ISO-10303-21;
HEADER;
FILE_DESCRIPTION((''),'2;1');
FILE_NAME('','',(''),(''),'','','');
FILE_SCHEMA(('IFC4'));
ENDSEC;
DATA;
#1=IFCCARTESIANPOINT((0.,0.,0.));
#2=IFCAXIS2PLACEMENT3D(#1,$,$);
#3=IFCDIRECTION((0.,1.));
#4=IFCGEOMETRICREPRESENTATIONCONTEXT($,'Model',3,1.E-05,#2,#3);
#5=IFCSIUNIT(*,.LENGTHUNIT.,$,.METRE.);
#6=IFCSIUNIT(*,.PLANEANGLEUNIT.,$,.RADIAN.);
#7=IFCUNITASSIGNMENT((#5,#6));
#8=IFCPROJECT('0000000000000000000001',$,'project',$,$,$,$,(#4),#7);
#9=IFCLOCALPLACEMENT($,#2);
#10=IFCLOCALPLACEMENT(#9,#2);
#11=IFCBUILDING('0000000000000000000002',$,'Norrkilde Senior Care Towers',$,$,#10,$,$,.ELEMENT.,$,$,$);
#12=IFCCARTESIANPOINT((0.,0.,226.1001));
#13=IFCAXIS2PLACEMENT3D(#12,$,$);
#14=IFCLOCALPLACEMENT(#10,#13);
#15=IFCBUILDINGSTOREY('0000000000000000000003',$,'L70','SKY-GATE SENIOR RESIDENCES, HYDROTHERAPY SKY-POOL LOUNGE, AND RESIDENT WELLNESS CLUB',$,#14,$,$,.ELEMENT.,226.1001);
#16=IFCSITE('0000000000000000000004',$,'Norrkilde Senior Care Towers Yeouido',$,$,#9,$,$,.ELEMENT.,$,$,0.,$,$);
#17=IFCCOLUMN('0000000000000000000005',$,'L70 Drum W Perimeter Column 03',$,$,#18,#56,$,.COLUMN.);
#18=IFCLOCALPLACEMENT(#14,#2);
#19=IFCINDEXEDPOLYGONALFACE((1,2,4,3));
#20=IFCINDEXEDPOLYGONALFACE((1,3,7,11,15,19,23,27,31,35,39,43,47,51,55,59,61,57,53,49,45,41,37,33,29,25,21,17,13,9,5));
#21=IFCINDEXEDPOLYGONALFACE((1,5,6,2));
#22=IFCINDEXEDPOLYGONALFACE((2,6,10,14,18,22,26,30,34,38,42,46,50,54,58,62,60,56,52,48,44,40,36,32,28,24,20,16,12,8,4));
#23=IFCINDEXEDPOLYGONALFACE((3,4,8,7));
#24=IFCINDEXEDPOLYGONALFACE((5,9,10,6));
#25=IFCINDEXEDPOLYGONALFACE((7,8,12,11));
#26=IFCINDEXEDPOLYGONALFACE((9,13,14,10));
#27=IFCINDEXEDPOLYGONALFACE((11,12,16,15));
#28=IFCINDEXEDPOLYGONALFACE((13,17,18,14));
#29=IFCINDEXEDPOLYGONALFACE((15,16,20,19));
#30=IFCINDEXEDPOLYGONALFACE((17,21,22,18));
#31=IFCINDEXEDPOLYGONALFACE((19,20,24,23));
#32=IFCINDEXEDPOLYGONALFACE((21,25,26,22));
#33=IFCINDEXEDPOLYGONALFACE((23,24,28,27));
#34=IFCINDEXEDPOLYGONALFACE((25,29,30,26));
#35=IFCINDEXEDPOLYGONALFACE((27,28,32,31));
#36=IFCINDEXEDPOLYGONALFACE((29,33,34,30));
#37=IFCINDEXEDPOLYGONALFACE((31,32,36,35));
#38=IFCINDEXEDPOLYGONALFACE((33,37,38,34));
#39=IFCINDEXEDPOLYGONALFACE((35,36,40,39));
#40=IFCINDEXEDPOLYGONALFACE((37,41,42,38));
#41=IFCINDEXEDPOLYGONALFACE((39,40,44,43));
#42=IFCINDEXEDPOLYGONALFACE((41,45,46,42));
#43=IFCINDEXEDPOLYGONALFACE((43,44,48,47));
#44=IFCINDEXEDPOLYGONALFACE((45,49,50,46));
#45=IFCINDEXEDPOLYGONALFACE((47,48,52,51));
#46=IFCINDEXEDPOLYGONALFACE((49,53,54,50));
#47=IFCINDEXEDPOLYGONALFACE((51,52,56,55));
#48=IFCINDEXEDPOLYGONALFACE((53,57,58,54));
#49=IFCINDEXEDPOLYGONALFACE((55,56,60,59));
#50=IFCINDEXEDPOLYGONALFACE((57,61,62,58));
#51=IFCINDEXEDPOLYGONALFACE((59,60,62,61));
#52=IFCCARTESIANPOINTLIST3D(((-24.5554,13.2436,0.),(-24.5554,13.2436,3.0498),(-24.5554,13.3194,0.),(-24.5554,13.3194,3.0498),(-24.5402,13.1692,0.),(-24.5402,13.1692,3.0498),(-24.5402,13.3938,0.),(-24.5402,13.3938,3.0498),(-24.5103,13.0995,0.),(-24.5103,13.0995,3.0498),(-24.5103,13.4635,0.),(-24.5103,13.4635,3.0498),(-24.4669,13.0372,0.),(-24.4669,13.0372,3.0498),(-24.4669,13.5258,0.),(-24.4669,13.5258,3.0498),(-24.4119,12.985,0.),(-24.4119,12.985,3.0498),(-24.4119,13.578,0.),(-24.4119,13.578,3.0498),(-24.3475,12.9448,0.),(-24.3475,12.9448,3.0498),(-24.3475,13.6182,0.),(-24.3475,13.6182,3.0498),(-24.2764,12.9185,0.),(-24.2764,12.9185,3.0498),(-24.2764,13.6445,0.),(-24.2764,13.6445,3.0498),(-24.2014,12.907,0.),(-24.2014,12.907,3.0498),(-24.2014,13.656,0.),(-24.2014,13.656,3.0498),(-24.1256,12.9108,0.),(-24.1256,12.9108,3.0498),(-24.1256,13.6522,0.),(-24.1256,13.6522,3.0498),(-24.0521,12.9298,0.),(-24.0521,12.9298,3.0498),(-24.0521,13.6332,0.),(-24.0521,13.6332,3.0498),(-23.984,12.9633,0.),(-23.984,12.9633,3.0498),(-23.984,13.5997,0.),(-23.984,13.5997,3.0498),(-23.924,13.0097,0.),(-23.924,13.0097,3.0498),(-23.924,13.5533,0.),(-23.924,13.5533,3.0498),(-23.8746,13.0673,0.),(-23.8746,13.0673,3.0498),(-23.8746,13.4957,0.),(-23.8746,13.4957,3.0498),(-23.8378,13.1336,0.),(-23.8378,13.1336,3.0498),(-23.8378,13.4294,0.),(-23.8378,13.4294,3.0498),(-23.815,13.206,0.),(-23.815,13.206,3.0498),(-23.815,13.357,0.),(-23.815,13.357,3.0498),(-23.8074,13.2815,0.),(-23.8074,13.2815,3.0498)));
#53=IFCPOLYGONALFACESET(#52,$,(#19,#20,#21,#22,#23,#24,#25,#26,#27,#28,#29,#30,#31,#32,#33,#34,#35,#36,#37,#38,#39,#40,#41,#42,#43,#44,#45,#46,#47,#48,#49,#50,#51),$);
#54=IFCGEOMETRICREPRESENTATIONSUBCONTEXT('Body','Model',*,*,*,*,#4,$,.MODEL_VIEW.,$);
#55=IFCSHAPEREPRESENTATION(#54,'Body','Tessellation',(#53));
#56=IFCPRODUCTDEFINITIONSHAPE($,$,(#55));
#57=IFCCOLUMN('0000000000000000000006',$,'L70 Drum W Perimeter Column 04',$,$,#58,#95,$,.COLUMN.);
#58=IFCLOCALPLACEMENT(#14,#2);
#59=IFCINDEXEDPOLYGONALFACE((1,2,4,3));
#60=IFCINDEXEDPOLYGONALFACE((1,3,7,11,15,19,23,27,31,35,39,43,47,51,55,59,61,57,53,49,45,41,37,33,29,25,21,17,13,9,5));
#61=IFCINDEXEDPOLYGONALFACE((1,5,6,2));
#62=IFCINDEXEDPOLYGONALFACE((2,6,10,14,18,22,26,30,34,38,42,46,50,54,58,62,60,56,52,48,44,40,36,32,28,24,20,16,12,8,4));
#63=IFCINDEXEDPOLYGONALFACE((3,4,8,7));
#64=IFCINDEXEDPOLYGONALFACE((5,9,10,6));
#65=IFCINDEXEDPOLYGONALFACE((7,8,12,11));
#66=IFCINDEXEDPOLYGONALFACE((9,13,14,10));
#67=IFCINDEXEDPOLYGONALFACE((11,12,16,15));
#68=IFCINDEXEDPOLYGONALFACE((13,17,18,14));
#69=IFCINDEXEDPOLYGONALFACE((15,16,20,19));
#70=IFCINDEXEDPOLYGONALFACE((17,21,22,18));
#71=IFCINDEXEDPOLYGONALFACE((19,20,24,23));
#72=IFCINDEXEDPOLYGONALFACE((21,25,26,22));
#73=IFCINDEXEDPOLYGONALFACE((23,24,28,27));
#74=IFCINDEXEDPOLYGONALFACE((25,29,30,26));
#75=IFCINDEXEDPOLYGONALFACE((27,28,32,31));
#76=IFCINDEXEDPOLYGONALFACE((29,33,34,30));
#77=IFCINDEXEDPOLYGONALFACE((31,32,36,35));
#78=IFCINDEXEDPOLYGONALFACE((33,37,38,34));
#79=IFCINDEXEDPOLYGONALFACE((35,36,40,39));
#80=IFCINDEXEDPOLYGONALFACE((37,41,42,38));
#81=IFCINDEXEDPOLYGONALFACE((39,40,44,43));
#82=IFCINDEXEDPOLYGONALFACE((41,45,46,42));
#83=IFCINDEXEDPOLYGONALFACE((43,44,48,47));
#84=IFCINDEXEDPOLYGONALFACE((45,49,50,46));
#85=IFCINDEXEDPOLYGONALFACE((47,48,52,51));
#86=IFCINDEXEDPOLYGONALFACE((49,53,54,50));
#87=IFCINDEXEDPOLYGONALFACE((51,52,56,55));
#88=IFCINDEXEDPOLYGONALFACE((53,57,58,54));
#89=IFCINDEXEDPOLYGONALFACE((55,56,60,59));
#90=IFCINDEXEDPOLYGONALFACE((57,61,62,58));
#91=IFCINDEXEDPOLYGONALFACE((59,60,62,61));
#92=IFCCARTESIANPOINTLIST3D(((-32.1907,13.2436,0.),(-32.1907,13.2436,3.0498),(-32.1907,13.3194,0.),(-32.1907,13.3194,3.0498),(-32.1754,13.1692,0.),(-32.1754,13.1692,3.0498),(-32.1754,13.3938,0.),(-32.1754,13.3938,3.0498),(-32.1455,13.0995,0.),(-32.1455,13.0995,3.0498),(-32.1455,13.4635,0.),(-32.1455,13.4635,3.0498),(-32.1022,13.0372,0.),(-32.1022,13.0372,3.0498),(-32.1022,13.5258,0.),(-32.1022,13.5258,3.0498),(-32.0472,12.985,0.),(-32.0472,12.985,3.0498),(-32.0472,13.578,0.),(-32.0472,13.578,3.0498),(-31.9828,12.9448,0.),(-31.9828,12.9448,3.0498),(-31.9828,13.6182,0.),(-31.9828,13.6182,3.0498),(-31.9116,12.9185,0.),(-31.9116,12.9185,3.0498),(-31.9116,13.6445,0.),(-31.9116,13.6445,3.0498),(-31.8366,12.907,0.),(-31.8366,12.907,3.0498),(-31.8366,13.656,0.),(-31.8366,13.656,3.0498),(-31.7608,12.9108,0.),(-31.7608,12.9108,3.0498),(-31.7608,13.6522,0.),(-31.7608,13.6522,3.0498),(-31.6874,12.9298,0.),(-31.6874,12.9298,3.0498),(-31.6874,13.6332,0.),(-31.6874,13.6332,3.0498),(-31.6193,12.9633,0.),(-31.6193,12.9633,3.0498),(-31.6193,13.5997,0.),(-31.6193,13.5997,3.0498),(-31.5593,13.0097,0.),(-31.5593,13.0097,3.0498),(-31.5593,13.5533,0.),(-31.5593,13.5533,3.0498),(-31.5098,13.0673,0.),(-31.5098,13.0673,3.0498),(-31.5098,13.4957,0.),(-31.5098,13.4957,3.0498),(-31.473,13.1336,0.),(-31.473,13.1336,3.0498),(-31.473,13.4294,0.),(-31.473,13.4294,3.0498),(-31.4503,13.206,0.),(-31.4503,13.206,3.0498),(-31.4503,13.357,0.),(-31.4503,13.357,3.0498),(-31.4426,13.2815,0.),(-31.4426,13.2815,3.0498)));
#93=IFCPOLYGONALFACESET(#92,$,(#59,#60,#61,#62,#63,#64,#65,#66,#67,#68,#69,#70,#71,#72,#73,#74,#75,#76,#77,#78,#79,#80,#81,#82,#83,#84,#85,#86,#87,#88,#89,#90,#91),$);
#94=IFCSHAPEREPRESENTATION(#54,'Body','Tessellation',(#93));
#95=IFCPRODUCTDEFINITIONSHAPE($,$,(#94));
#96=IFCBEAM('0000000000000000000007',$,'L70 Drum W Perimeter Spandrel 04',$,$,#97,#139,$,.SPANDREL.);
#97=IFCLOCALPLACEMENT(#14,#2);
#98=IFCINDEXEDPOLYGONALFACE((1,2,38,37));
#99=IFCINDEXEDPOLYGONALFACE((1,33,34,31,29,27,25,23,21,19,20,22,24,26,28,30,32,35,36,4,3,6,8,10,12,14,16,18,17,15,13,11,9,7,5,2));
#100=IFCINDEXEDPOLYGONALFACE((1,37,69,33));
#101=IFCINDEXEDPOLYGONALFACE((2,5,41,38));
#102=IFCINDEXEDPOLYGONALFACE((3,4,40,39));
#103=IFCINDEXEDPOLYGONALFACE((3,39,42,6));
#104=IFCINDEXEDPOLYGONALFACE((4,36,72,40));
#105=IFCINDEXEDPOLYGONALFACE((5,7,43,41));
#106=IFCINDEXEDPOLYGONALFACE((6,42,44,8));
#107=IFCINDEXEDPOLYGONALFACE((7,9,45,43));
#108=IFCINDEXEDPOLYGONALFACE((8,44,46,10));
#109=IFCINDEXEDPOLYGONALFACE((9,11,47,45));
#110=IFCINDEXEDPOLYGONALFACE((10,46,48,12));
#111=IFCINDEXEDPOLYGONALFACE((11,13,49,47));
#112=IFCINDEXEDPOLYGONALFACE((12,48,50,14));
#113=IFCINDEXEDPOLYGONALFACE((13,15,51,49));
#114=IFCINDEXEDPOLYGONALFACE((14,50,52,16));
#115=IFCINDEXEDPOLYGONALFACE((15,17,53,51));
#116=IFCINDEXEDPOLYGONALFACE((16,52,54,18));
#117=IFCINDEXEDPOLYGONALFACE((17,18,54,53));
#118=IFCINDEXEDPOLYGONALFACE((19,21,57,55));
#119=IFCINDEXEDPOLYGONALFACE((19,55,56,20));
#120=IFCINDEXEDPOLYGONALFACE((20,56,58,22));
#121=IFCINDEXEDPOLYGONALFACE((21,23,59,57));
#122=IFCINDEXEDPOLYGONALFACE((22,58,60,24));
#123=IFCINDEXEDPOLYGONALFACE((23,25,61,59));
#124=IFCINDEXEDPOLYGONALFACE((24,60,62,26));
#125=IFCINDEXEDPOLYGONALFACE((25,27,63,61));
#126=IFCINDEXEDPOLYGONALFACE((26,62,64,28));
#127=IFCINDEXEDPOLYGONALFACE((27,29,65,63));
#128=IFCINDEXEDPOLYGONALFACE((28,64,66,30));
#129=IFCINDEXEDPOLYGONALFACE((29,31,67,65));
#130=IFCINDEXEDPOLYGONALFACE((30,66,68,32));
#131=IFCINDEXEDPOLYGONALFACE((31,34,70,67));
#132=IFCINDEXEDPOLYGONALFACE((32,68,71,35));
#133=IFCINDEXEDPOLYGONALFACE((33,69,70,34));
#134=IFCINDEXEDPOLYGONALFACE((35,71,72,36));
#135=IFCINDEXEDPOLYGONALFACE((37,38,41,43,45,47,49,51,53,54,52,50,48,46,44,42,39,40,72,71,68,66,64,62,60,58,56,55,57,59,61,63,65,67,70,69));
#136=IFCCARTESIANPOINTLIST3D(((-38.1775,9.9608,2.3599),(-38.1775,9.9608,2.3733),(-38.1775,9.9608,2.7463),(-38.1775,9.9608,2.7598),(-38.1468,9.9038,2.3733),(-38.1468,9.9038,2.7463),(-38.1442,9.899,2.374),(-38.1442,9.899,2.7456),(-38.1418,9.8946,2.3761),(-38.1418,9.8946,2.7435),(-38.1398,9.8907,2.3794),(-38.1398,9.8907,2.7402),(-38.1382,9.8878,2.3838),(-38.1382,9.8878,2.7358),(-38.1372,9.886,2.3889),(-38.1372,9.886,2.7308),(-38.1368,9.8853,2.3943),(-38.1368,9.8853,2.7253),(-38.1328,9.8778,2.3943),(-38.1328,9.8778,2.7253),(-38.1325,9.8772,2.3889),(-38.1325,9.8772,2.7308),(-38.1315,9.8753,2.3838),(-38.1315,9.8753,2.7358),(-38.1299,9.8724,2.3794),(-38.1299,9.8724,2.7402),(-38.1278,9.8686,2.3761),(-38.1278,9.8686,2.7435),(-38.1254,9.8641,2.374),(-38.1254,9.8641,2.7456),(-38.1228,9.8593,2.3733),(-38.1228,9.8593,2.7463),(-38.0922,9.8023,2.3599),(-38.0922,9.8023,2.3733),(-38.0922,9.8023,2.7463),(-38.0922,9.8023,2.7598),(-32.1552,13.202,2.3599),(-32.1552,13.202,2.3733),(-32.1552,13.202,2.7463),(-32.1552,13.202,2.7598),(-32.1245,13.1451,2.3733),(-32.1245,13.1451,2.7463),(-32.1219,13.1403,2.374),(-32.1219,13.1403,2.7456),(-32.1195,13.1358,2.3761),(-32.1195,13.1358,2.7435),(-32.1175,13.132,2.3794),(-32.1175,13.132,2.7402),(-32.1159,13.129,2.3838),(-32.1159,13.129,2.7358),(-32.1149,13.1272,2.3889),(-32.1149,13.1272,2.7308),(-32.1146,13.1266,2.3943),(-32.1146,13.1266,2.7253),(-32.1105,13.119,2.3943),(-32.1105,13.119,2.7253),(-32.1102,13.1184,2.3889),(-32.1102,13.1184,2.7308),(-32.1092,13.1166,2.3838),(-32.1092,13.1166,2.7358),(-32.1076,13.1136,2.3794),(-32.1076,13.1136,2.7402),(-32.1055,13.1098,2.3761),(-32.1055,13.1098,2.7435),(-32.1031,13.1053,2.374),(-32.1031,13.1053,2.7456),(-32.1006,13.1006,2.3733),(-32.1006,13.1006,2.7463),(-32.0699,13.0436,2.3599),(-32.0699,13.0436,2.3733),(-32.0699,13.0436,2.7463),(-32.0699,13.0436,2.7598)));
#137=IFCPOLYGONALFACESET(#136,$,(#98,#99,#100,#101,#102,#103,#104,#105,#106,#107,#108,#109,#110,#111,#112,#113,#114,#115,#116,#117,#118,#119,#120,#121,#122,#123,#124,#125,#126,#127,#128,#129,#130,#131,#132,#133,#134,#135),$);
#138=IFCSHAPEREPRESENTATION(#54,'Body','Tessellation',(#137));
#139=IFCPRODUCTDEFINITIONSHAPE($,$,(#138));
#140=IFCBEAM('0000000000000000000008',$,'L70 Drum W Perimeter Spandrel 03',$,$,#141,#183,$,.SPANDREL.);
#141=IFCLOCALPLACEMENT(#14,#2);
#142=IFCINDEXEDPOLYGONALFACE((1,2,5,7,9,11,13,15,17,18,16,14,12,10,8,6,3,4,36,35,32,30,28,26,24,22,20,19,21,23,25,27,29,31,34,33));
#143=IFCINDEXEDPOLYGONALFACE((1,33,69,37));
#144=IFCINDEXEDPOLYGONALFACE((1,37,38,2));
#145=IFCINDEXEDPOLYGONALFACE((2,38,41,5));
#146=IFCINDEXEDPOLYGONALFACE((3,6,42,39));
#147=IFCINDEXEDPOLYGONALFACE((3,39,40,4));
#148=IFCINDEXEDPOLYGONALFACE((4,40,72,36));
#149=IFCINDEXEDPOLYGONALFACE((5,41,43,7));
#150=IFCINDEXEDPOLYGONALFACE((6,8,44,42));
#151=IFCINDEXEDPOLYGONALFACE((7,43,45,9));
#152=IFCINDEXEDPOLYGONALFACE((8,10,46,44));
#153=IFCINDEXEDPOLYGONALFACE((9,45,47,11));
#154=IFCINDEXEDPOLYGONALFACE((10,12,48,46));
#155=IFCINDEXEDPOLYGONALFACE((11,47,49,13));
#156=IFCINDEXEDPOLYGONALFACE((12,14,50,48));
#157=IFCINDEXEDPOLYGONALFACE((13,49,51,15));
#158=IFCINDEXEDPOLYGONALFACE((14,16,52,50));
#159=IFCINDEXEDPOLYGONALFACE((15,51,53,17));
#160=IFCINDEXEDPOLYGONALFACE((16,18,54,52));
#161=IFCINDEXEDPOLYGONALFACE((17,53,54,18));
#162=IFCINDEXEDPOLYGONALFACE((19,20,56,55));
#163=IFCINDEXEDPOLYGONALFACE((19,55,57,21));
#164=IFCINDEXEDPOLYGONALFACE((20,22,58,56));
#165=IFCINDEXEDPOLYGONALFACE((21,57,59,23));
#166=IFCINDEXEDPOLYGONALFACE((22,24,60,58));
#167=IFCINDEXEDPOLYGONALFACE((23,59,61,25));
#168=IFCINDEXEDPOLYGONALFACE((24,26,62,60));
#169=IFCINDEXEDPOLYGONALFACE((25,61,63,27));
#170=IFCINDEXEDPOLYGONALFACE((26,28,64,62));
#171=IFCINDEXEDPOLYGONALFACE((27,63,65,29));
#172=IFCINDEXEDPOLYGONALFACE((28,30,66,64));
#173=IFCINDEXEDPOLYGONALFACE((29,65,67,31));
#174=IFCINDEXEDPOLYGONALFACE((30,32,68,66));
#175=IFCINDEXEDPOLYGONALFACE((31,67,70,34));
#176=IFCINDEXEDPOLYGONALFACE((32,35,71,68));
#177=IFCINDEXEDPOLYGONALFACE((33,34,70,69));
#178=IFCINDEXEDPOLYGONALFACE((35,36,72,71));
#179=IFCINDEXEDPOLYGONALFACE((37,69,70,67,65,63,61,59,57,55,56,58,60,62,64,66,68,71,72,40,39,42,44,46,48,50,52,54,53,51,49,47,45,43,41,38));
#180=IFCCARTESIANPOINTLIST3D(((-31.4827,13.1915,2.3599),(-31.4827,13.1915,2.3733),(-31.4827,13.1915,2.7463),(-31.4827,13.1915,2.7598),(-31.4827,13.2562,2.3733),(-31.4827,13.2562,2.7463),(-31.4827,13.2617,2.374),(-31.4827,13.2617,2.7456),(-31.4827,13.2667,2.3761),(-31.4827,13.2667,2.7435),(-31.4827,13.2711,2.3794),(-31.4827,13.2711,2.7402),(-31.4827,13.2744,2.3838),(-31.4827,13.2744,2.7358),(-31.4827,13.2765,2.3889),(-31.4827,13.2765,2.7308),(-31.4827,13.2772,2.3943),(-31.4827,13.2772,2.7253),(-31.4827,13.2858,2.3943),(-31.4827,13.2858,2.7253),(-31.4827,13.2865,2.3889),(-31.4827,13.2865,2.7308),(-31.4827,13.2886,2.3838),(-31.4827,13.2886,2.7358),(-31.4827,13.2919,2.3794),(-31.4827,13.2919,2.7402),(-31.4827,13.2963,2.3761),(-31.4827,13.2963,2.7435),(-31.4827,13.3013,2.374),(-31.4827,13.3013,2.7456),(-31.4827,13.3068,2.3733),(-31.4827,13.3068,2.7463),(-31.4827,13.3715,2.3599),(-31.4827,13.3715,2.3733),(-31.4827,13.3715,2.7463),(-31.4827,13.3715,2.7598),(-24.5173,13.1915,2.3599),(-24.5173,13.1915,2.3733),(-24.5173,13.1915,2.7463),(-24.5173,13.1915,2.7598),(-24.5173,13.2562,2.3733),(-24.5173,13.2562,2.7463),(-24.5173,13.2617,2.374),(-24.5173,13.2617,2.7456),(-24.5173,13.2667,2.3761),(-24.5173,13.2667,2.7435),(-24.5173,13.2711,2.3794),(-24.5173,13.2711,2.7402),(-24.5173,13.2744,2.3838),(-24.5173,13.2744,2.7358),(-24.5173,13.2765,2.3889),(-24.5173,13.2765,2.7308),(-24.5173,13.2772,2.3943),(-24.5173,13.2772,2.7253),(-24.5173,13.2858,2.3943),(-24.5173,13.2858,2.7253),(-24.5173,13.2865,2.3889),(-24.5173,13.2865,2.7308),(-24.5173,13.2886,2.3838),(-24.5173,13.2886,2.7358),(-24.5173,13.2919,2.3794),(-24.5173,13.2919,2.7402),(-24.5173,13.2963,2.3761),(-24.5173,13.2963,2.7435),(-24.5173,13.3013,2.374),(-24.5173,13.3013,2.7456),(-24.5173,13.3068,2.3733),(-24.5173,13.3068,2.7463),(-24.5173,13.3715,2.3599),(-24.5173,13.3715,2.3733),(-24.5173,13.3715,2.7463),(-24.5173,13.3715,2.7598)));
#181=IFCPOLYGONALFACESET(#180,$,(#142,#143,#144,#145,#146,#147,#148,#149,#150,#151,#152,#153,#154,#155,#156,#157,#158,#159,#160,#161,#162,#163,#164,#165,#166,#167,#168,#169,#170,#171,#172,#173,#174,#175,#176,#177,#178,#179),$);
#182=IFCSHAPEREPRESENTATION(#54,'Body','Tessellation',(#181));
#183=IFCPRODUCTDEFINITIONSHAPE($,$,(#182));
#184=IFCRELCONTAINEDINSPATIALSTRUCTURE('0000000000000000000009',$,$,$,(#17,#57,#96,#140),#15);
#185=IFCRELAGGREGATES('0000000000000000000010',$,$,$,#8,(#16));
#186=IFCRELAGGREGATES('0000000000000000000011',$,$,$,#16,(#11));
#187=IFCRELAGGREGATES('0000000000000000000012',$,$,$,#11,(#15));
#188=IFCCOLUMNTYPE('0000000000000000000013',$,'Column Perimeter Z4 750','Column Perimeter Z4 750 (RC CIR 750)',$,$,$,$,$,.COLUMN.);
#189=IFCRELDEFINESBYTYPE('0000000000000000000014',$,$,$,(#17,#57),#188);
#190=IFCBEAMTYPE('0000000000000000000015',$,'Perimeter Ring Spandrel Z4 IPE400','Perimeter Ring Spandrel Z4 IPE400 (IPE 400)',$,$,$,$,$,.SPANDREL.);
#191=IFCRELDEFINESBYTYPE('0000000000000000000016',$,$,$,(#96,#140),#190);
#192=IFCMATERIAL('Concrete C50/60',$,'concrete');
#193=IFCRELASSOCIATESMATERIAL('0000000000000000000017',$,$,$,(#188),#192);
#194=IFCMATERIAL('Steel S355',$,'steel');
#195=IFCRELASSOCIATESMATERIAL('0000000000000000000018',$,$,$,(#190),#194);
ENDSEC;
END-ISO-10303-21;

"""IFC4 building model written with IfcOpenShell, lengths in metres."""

from ifc_helpers import new_model, si_unit, direction, frame, origin, origin_2d, place, context, subcontext, project, spatial, circle, i_section, extrude, source, transform, mapped, material, material_profile, profile_set, type_object, type_shapes, element, save


model = new_model("IFC4")

# Units and contexts
model_context = context("Model", 3, precision=1e-05, world=origin(), true_north=direction((0.0, 1.0)))
body_context = subcontext(model_context, "Body", "Model", "MODEL_VIEW")
ifc_project = project(units=[si_unit("LENGTHUNIT", "METRE"), si_unit("PLANEANGLEUNIT", "RADIAN")], contexts=[model_context])

# Site, building, storey
site_placement = place(None, origin())
site = spatial("IfcSite", under=ifc_project, at=site_placement, Name="Norrkilde Senior Care Towers Yeouido", CompositionType="ELEMENT", RefElevation=0.0)
building_placement = place(site_placement, origin())
building = spatial("IfcBuilding", under=site, at=building_placement, Name="Norrkilde Senior Care Towers", CompositionType="ELEMENT")
storey_placement = place(building_placement, frame((0.0, 0.0, 226.1001)))
storey = spatial("IfcBuildingStorey", under=building, at=storey_placement, Name="L70", Description="SKY-GATE SENIOR RESIDENCES, HYDROTHERAPY SKY-POOL LOUNGE, AND RESIDENT WELLNESS CLUB", CompositionType="ELEMENT", Elevation=226.1001)

# Columns
ifc_material_1 = material(Name="Concrete C50/60", Category="concrete")
ifc_material_profile_1 = material_profile(ifc_material_1, circle(Radius=0.375, at=origin_2d()), Name="RC CIR 750")
ifc_profile_set_1 = profile_set([ifc_material_profile_1], Name="Concrete C50/60")
column_type = type_object("IfcColumnType", Name="Column Perimeter Z4 750", Description="Column Perimeter Z4 750 (RC CIR 750)", PredefinedType="COLUMN", material=ifc_profile_set_1)
shared_shape_1 = source(origin(), body_context, "Body", "SweptSolid", [
    extrude(circle(Radius=0.375, at=origin_2d()), origin(), (0.0, 0.0, 1.0), 3.0498),
])
type_shapes(column_type, [shared_shape_1])
for number, where, z_axis, x_axis, name in (
    (1, (-24.1824, 13.2815, 0.0), (0.0, 0.0, 1.0), (1.0, 0.0, 0.0), "L70 Drum W Perimeter Column 03"),
    (2, (-31.8176, 13.2815, 0.0), (0.0, 0.0, 1.0), (1.0, 0.0, 0.0), "L70 Drum W Perimeter Column 04"),
):
    element("IfcColumn", number, at=place(storey_placement, frame(where, z_axis=z_axis, x_axis=x_axis)), inside=storey, type_object=column_type, Name=name, PredefinedType="COLUMN", context=body_context, shape_type="MappedRepresentation", body=[
        mapped(shared_shape_1, transform((0.0, 0.0, 0.0), x_axis=(1.0, 0.0, 0.0), y_axis=(0.0, 1.0, 0.0), z_axis=(0.0, 0.0, 1.0), scale=1.0)),
    ])

# Beams
ifc_material_2 = material(Name="Steel S355", Category="steel")
ifc_material_profile_2 = material_profile(ifc_material_2, i_section(OverallWidth=0.1799, OverallDepth=0.3999, WebThickness=0.0085, FlangeThickness=0.0134, FilletRadius=0.021, at=origin_2d()), Name="IPE 400")
ifc_profile_set_2 = profile_set([ifc_material_profile_2], Name="Steel S355")
beam_type = type_object("IfcBeamType", Name="Perimeter Ring Spandrel Z4 IPE400", Description="Perimeter Ring Spandrel Z4 IPE400 (IPE 400)", PredefinedType="SPANDREL", material=ifc_profile_set_2)
shared_shape_2 = source(origin(), body_context, "Body", "SweptSolid", [
    extrude(i_section(OverallWidth=0.1799, OverallDepth=0.3999, WebThickness=0.0085, FlangeThickness=0.0134, FilletRadius=0.021, at=origin_2d()), origin(), (0.0, 0.0, 1.0), 6.8391),
])
beam_1_placement = place(storey_placement, frame((-32.1125, 13.1228, 2.5598), z_axis=(-0.880564, -0.473927, 0.0), x_axis=(0.473927, -0.880564, 0.0)))
element("IfcBeam", 3, at=beam_1_placement, inside=storey, type_object=beam_type, Name="L70 Drum W Perimeter Spandrel 04", PredefinedType="SPANDREL", context=body_context, shape_type="MappedRepresentation", body=[
    mapped(shared_shape_2, transform((0.0, 0.0, 0.0), x_axis=(1.0, 0.0, 0.0), y_axis=(0.0, 1.0, 0.0), z_axis=(0.0, 0.0, 1.0), scale=1.0)),
])
shared_shape_3 = source(origin(), body_context, "Body", "SweptSolid", [
    extrude(i_section(OverallWidth=0.1799, OverallDepth=0.3999, WebThickness=0.0085, FlangeThickness=0.0134, FilletRadius=0.021, at=origin_2d()), origin(), (0.0, 0.0, 1.0), 6.9653),
])
type_shapes(beam_type, [shared_shape_2, shared_shape_3])
beam_2_placement = place(storey_placement, frame((-24.5173, 13.2815, 2.5598), z_axis=(-1.0, 0.0, 0.0), x_axis=(0.0, -1.0, 0.0)))
element("IfcBeam", 4, at=beam_2_placement, inside=storey, type_object=beam_type, Name="L70 Drum W Perimeter Spandrel 03", PredefinedType="SPANDREL", context=body_context, shape_type="MappedRepresentation", body=[
    mapped(shared_shape_3, transform((0.0, 0.0, 0.0), x_axis=(1.0, 0.0, 0.0), y_axis=(0.0, 1.0, 0.0), z_axis=(0.0, 0.0, 1.0), scale=1.0)),
])

save(model, "model.ifc")
